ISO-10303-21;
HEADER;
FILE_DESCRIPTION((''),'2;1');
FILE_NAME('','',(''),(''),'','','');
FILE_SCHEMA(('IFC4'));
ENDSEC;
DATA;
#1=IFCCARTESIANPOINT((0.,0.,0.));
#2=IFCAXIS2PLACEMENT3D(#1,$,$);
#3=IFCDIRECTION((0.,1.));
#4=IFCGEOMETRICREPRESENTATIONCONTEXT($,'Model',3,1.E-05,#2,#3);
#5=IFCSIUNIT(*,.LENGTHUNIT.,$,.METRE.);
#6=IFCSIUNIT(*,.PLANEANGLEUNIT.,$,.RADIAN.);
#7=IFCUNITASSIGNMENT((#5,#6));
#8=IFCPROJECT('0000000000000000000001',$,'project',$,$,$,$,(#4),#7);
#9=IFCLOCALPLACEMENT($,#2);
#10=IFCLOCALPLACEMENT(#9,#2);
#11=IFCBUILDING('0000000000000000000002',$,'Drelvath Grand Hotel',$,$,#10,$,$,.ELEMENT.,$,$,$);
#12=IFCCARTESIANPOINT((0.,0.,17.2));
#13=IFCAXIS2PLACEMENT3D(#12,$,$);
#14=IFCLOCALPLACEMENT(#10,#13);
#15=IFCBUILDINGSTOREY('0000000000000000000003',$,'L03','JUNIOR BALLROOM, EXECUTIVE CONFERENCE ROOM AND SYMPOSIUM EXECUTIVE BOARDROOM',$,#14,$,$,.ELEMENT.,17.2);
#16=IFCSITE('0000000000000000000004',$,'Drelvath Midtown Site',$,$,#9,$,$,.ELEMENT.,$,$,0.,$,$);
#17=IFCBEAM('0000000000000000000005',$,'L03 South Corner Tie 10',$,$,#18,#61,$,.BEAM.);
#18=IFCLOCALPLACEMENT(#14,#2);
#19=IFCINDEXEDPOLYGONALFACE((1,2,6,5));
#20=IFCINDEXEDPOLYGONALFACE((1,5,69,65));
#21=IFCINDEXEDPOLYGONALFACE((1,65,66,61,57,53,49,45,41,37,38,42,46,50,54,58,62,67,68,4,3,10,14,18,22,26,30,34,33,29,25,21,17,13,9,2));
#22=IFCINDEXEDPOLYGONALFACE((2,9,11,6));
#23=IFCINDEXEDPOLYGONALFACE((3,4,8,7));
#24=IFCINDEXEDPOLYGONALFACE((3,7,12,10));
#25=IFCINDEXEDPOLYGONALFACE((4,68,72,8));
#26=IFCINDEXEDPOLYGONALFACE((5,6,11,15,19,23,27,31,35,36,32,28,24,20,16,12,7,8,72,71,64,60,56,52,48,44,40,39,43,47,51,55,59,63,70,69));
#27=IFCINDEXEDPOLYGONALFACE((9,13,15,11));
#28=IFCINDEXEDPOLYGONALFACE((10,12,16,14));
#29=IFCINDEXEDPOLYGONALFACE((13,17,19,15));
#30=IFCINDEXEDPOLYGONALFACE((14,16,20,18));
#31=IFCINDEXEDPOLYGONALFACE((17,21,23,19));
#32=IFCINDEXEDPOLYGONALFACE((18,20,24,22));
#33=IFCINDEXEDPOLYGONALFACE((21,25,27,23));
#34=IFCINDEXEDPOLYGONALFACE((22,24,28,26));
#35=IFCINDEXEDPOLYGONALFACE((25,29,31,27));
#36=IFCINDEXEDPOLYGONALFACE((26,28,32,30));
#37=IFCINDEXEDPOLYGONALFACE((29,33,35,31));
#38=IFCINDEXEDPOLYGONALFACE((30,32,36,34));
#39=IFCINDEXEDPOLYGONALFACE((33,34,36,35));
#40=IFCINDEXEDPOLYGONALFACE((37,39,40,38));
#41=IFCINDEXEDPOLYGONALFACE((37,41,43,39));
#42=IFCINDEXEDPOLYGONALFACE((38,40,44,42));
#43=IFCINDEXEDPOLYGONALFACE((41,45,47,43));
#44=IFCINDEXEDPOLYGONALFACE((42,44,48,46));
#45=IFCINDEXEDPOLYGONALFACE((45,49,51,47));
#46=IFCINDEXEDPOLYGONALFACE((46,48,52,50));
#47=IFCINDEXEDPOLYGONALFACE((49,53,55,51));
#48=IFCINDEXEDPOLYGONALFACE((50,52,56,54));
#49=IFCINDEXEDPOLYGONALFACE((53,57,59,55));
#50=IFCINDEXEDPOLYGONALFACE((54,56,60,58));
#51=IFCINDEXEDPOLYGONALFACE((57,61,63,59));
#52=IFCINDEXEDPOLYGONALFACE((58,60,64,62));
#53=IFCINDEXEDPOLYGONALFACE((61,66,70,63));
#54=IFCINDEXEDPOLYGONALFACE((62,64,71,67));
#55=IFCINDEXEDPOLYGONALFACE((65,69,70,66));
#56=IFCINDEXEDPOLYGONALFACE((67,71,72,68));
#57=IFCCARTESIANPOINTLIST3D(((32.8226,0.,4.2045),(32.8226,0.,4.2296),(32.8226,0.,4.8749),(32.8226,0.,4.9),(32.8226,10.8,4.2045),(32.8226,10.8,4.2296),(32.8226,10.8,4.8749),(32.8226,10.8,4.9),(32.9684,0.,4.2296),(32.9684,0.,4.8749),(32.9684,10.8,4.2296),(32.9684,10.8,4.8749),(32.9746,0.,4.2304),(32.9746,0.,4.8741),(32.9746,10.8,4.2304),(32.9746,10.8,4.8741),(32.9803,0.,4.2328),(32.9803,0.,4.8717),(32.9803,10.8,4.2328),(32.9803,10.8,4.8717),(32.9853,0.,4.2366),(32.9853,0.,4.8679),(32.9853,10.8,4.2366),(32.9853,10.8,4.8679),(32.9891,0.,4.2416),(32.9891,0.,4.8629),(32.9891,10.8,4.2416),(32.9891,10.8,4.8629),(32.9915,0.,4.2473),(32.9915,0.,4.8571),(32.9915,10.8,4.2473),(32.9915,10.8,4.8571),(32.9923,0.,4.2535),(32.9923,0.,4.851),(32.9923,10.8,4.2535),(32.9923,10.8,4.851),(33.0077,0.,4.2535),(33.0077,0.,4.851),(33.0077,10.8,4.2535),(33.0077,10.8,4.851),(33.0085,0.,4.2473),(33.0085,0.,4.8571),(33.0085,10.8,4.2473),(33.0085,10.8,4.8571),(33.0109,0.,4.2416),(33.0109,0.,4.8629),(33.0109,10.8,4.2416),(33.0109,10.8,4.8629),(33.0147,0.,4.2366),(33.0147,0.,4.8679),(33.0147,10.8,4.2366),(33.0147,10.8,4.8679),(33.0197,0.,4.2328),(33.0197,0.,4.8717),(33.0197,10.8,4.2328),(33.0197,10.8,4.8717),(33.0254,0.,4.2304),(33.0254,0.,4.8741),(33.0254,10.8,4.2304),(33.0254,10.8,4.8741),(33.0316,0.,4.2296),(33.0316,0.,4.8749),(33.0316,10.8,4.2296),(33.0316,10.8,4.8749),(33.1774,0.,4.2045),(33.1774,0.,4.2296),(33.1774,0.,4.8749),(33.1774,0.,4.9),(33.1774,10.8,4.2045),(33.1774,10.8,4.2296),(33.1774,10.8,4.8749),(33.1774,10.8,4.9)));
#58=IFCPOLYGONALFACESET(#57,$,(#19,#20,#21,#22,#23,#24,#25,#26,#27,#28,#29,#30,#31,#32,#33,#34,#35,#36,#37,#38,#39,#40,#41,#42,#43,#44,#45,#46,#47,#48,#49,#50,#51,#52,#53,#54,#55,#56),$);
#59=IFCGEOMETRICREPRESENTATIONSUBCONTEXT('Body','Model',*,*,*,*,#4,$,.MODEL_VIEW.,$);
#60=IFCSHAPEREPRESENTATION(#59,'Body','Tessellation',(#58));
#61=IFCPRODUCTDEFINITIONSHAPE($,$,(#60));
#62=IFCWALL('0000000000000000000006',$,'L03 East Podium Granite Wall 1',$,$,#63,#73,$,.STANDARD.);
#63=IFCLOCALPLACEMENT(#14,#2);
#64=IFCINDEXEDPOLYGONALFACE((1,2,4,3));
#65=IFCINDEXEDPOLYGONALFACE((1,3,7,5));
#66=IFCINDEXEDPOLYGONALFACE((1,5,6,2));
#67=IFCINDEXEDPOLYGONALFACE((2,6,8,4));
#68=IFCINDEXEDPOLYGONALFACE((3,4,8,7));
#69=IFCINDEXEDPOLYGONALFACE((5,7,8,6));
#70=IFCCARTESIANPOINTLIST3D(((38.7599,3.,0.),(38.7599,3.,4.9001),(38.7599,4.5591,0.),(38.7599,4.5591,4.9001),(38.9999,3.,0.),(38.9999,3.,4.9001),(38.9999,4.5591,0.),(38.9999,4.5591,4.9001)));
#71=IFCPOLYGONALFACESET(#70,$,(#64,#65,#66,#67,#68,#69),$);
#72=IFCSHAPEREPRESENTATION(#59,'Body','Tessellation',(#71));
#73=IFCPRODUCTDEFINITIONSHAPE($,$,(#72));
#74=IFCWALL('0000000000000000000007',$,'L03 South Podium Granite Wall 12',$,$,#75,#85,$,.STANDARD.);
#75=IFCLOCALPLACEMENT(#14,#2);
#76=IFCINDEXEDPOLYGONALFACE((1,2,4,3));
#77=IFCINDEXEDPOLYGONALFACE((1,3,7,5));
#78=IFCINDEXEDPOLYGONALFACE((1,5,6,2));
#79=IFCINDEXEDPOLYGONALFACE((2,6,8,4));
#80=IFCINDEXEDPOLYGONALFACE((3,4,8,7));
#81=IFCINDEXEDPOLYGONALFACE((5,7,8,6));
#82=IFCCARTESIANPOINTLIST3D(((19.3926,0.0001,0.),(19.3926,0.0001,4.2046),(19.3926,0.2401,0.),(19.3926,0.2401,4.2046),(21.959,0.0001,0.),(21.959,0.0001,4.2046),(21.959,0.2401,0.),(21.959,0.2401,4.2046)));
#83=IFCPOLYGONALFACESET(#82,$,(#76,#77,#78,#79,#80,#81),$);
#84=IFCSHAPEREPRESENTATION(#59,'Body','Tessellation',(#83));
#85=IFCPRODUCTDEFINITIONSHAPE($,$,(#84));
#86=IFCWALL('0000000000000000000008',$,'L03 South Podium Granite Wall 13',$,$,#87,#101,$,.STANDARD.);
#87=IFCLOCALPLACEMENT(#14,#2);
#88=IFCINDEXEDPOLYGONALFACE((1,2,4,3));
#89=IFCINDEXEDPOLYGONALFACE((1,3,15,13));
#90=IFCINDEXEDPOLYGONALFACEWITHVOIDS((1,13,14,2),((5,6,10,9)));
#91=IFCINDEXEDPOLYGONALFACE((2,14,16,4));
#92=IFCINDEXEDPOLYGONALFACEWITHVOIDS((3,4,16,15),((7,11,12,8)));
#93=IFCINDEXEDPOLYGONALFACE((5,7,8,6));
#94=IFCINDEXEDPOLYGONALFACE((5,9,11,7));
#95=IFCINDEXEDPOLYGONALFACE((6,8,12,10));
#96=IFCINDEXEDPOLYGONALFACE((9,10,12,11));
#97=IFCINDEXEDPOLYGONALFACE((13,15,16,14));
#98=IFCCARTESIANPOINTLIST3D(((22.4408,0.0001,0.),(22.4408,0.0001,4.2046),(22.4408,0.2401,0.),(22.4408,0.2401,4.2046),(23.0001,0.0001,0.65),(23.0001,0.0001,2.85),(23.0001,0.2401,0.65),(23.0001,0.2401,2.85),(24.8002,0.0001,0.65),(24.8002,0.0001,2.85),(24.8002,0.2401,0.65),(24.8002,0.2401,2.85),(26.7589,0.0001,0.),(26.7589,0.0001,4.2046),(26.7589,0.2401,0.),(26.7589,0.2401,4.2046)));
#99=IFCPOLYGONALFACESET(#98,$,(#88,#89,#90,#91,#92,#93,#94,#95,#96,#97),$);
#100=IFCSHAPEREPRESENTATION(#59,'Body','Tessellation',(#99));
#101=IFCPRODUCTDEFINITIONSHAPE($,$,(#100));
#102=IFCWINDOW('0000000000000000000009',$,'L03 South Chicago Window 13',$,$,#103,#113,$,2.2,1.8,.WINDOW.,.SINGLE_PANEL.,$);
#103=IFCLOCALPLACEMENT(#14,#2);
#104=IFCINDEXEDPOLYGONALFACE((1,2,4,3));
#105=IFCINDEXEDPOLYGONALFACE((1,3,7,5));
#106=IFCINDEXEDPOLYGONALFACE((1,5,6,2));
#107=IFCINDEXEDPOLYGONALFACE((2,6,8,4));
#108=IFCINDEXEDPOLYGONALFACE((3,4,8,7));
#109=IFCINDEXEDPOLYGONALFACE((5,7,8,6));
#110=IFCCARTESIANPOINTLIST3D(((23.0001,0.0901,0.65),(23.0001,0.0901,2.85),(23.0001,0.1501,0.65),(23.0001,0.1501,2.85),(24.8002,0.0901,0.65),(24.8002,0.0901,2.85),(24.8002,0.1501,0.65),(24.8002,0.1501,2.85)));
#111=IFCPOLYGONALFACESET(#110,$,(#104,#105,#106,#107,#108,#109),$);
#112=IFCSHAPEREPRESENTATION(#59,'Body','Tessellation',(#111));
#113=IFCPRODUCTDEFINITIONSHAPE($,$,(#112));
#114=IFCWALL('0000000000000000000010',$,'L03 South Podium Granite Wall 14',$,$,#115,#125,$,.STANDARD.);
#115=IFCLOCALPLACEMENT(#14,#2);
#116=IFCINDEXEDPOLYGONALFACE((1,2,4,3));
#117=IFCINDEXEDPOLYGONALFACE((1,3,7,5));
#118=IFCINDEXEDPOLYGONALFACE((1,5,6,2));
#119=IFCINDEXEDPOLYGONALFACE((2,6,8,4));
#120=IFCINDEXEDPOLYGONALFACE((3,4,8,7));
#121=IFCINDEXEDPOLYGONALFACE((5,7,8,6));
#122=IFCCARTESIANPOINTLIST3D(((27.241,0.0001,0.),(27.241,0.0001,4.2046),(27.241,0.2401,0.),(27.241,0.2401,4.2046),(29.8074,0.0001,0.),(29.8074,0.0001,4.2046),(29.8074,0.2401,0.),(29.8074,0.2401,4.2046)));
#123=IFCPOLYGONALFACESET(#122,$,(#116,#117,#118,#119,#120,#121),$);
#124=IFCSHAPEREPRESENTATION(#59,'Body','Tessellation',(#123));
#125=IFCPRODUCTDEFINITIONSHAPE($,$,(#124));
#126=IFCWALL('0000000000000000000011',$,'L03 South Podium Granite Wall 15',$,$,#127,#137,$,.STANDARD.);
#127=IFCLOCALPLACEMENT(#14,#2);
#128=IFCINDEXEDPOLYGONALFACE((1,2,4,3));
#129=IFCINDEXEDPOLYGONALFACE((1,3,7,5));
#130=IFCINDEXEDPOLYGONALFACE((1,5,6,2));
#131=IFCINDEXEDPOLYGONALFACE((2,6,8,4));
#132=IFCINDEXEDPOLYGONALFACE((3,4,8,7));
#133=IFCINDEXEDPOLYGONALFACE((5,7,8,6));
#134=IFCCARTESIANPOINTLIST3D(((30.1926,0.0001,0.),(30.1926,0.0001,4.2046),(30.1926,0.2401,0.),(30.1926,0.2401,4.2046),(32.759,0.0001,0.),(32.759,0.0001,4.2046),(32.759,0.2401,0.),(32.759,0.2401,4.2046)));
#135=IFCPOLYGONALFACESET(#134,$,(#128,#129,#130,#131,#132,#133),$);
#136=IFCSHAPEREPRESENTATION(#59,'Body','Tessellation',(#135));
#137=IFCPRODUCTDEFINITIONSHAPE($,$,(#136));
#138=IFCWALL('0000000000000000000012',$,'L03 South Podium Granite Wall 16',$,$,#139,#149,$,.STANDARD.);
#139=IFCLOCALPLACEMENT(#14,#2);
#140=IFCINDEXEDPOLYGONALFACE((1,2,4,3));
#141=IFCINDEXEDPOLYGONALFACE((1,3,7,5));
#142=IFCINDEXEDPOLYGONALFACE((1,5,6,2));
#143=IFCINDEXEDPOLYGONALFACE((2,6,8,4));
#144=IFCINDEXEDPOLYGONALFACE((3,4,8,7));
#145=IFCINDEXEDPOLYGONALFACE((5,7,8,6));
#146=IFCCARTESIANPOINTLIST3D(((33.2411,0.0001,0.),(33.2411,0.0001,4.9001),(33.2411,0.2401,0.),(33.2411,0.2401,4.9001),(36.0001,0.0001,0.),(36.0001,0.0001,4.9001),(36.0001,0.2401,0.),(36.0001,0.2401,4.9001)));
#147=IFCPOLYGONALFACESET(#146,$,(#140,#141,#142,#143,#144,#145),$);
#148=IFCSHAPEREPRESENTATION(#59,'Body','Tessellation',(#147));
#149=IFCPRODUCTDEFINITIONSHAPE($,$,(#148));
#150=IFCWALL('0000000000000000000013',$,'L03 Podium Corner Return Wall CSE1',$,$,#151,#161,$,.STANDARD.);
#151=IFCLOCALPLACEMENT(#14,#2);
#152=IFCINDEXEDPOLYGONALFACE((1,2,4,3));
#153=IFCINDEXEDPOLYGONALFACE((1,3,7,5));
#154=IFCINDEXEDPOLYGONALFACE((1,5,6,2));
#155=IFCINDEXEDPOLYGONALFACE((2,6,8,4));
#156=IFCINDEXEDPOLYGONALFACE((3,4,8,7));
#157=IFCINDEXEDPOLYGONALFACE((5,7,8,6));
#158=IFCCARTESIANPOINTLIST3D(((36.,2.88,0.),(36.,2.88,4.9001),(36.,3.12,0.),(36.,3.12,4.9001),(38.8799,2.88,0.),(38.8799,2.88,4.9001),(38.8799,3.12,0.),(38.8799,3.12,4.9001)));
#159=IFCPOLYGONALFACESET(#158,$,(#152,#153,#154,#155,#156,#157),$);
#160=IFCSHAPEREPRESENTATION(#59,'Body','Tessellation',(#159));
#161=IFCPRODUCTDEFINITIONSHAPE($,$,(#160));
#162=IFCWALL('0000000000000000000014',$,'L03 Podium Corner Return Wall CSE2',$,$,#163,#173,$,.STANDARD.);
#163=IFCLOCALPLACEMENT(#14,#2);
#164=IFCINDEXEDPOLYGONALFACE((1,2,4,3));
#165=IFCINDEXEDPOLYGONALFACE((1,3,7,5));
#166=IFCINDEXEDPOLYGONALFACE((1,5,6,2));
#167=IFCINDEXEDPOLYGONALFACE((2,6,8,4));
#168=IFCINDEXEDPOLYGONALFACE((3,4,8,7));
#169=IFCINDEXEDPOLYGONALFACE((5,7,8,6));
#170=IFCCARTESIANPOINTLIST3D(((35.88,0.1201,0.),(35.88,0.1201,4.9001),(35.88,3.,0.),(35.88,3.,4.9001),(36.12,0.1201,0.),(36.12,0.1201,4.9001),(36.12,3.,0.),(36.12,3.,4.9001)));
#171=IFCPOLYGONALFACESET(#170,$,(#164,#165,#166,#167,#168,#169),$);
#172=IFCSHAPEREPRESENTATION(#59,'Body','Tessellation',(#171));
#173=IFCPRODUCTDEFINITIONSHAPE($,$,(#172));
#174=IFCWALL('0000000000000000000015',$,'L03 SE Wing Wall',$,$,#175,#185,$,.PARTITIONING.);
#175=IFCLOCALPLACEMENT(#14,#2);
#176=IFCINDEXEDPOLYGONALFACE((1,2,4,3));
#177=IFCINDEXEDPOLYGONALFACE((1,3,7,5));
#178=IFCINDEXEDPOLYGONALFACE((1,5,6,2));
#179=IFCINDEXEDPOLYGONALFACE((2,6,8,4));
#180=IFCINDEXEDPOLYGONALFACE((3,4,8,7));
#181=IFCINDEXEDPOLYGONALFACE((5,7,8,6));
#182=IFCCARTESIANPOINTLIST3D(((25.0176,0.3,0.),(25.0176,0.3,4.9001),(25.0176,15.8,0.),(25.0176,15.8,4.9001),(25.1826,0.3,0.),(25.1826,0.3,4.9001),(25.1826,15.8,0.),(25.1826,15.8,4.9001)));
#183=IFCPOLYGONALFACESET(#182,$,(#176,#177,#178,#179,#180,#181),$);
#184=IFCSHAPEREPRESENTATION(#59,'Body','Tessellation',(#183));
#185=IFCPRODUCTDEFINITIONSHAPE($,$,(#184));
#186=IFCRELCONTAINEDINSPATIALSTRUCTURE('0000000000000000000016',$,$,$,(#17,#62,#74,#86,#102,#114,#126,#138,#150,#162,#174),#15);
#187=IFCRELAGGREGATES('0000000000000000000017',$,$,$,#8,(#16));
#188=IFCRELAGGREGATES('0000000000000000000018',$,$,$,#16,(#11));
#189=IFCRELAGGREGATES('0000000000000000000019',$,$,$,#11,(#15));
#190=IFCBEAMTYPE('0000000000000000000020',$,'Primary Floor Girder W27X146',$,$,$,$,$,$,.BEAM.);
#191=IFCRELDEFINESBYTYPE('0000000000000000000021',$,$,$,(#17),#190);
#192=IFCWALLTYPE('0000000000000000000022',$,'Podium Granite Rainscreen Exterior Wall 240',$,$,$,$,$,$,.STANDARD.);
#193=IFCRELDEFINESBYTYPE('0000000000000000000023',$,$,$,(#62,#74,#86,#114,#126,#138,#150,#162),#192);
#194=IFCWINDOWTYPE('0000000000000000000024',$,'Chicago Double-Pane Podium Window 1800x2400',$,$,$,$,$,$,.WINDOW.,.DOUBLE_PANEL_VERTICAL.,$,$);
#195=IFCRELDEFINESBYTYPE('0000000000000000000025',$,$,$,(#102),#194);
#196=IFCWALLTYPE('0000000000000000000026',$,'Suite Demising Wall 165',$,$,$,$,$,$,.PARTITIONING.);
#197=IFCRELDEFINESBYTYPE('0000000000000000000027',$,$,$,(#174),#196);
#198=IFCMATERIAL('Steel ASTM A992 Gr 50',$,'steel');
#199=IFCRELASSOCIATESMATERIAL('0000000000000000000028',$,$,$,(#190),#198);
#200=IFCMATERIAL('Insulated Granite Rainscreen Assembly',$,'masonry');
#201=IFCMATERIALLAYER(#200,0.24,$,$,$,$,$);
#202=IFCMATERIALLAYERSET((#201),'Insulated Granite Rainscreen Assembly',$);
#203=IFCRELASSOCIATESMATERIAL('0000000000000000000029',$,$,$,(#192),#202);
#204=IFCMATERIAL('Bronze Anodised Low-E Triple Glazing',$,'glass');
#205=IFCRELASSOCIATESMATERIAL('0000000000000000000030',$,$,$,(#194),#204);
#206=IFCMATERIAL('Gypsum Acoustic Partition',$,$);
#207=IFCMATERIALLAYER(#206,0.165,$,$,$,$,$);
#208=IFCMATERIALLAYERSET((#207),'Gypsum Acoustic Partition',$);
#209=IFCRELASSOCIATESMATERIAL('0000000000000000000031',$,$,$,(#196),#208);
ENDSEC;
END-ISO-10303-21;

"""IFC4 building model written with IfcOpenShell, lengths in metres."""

from ifc_helpers import new_model, si_unit, direction, frame, frame_2d, origin, origin_2d, place, context, subcontext, project, spatial, rectangle, i_section, extrude, material, layer, layer_set, material_profile, profile_set, type_object, element, fill, save


model = new_model("IFC4")

# Units and contexts
model_context = context("Model", 3, precision=1e-05, world=origin(), true_north=direction((0.0, 1.0)))
body_context = subcontext(model_context, "Body", "Model", "MODEL_VIEW")
ifc_project = project(units=[si_unit("LENGTHUNIT", "METRE"), si_unit("PLANEANGLEUNIT", "RADIAN")], contexts=[model_context])

# Site, building, storey
site_placement = place(None, origin())
site = spatial("IfcSite", under=ifc_project, at=site_placement, Name="Drelvath Midtown Site", CompositionType="ELEMENT", RefElevation=0.0)
building_placement = place(site_placement, origin())
building = spatial("IfcBuilding", under=site, at=building_placement, Name="Drelvath Grand Hotel", CompositionType="ELEMENT")
storey_placement = place(building_placement, frame((0.0, 0.0, 17.2)))
storey = spatial("IfcBuildingStorey", under=building, at=storey_placement, Name="L03", Description="JUNIOR BALLROOM, EXECUTIVE CONFERENCE ROOM AND SYMPOSIUM EXECUTIVE BOARDROOM", CompositionType="ELEMENT", Elevation=17.2)

# Beam
ifc_material_1 = material(Name="Steel ASTM A992 Gr 50", Category="steel")
ifc_material_profile_1 = material_profile(ifc_material_1, i_section(OverallWidth=0.3547, OverallDepth=0.6956, WebThickness=0.0154, FlangeThickness=0.0251, FilletRadius=0.0239, at=origin_2d()), Name="W27X146")
ifc_profile_set_1 = profile_set([ifc_material_profile_1], Name="Steel ASTM A992 Gr 50")
beam_type = type_object("IfcBeamType", Name="Primary Floor Girder W27X146", PredefinedType="BEAM", material=ifc_profile_set_1)
for number, where, z_axis, x_axis, name in (
    (1, (33.0, 0.0, 4.5522), (0.0, 1.0, 0.0), (-1.0, 0.0, 0.0), "L03 South Corner Tie 10"),
):
    element("IfcBeam", number, at=place(storey_placement, frame(where, z_axis=z_axis, x_axis=x_axis)), inside=storey, type_object=beam_type, Name=name, PredefinedType="BEAM", context=body_context, shape_type="SweptSolid", body=[
        extrude(i_section(OverallWidth=0.3547, OverallDepth=0.6956, WebThickness=0.0154, FlangeThickness=0.0251, FilletRadius=0.0239, at=origin_2d()), origin(), (0.0, 0.0, 1.0), 10.8),
    ])

# Walls
ifc_material_2 = material(Name="Insulated Granite Rainscreen Assembly", Category="masonry")
ifc_layer_1 = layer(ifc_material_2, 0.24)
ifc_layer_set_1 = layer_set([ifc_layer_1], Name="Insulated Granite Rainscreen Assembly")
wall_type_1 = type_object("IfcWallType", Name="Podium Granite Rainscreen Exterior Wall 240", PredefinedType="STANDARD", material=ifc_layer_set_1)
wall_1_placement = place(storey_placement, frame((38.8799, 4.5591, 0.0), z_axis=(0.0, 0.0, 1.0), x_axis=(0.0, -1.0, 0.0)))
element("IfcWall", 2, at=wall_1_placement, inside=storey, type_object=wall_type_1, Name="L03 East Podium Granite Wall 1", PredefinedType="STANDARD", context=body_context, shape_type="SweptSolid", body=[
    extrude(rectangle(XDim=1.5591, YDim=0.24, at=frame_2d((0.7795, 0.0))), origin(), (0.0, 0.0, 1.0), 4.9001),
])
wall_2_placement = place(storey_placement, frame((21.959, 0.1201, 0.0), z_axis=(0.0, 0.0, 1.0), x_axis=(-1.0, 0.0, 0.0)))
element("IfcWall", 3, at=wall_2_placement, inside=storey, type_object=wall_type_1, Name="L03 South Podium Granite Wall 12", PredefinedType="STANDARD", context=body_context, shape_type="SweptSolid", body=[
    extrude(rectangle(XDim=2.5664, YDim=0.24, at=frame_2d((1.2832, 0.0))), origin(), (0.0, 0.0, 1.0), 4.2046),
])

# Wall, opening, window
wall_3_placement = place(storey_placement, frame((26.759, 0.1201, 0.0), z_axis=(0.0, 0.0, 1.0), x_axis=(-1.0, 0.0, 0.0)))
wall_3 = element("IfcWall", 4, at=wall_3_placement, inside=storey, type_object=wall_type_1, Name="L03 South Podium Granite Wall 13", PredefinedType="STANDARD", context=body_context, shape_type="SweptSolid", body=[
    extrude(rectangle(XDim=4.3181, YDim=0.24, at=frame_2d((2.1592, 0.0))), origin(), (0.0, 0.0, 1.0), 4.2046),
])
opening_placement = place(wall_3_placement, frame((1.959, 0.0, 0.6499)))
opening = element("IfcOpeningElement", 5, at=opening_placement, cuts=wall_3, PredefinedType="OPENING", context=body_context, shape_type="SweptSolid", body=[
    extrude(rectangle(XDim=1.8, YDim=2.2, at=frame_2d((0.8999, 1.1001))), frame((0.0, 0.1299, 0.0), z_axis=(0.0, -1.0, 0.0), x_axis=(1.0, 0.0, 0.0)), (0.0, 0.0, 1.0), 0.26),
])
ifc_material_3 = material(Name="Bronze Anodised Low-E Triple Glazing", Category="glass")
window_type = type_object("IfcWindowType", Name="Chicago Double-Pane Podium Window 1800x2400", PartitioningType="DOUBLE_PANEL_VERTICAL", PredefinedType="WINDOW", material=ifc_material_3)
window_placement = place(opening_placement, origin())
window = element("IfcWindow", 6, at=window_placement, inside=storey, type_object=window_type, Name="L03 South Chicago Window 13", OverallHeight=2.2, OverallWidth=1.8, PartitioningType="SINGLE_PANEL", PredefinedType="WINDOW", context=body_context, shape_type="SweptSolid", body=[
    extrude(rectangle(XDim=1.8, YDim=2.2, at=frame_2d((0.8999, 1.1001))), frame((0.0, 0.03, 0.0), z_axis=(0.0, -1.0, 0.0), x_axis=(1.0, 0.0, 0.0)), (0.0, 0.0, 1.0), 0.0601),
])
fill(opening, window)

# Walls
for number, where, z_axis, x_axis, name in (
    (7, (29.8074, 0.1201, 0.0), (0.0, 0.0, 1.0), (-1.0, 0.0, 0.0), "L03 South Podium Granite Wall 14"),
    (8, (32.759, 0.1201, 0.0), (0.0, 0.0, 1.0), (-1.0, 0.0, 0.0), "L03 South Podium Granite Wall 15"),
):
    element("IfcWall", number, at=place(storey_placement, frame(where, z_axis=z_axis, x_axis=x_axis)), inside=storey, type_object=wall_type_1, Name=name, PredefinedType="STANDARD", context=body_context, shape_type="SweptSolid", body=[
        extrude(rectangle(XDim=2.5664, YDim=0.24, at=frame_2d((1.2832, 0.0))), origin(), (0.0, 0.0, 1.0), 4.2046),
    ])
wall_4_placement = place(storey_placement, frame((36.0, 0.1201, 0.0), z_axis=(0.0, 0.0, 1.0), x_axis=(-1.0, 0.0, 0.0)))
element("IfcWall", 9, at=wall_4_placement, inside=storey, type_object=wall_type_1, Name="L03 South Podium Granite Wall 16", PredefinedType="STANDARD", context=body_context, shape_type="SweptSolid", body=[
    extrude(rectangle(XDim=2.759, YDim=0.24, at=frame_2d((1.3794, 0.0))), origin(), (0.0, 0.0, 1.0), 4.9001),
])
for number, where, z_axis, x_axis, name in (
    (10, (38.8799, 3.0, 0.0), (0.0, 0.0, 1.0), (-1.0, 0.0, 0.0), "L03 Podium Corner Return Wall CSE1"),
    (11, (36.0, 3.0, 0.0), (0.0, 0.0, 1.0), (0.0, -1.0, 0.0), "L03 Podium Corner Return Wall CSE2"),
):
    element("IfcWall", number, at=place(storey_placement, frame(where, z_axis=z_axis, x_axis=x_axis)), inside=storey, type_object=wall_type_1, Name=name, PredefinedType="STANDARD", context=body_context, shape_type="SweptSolid", body=[
        extrude(rectangle(XDim=2.8799, YDim=0.24, at=frame_2d((1.4399, 0.0))), origin(), (0.0, 0.0, 1.0), 4.9001),
    ])
ifc_material_4 = material(Name="Gypsum Acoustic Partition")
ifc_layer_2 = layer(ifc_material_4, 0.165)
ifc_layer_set_2 = layer_set([ifc_layer_2], Name="Gypsum Acoustic Partition")
wall_type_2 = type_object("IfcWallType", Name="Suite Demising Wall 165", PredefinedType="PARTITIONING", material=ifc_layer_set_2)
wall_5_placement = place(storey_placement, frame((25.1001, 0.3, 0.0), z_axis=(0.0, 0.0, 1.0), x_axis=(0.0, 1.0, 0.0)))
element("IfcWall", 12, at=wall_5_placement, inside=storey, type_object=wall_type_2, Name="L03 SE Wing Wall", PredefinedType="PARTITIONING", context=body_context, shape_type="SweptSolid", body=[
    extrude(rectangle(XDim=15.5, YDim=0.165, at=frame_2d((7.75, 0.0))), origin(), (0.0, 0.0, 1.0), 4.9001),
])

save(model, "model.ifc")
